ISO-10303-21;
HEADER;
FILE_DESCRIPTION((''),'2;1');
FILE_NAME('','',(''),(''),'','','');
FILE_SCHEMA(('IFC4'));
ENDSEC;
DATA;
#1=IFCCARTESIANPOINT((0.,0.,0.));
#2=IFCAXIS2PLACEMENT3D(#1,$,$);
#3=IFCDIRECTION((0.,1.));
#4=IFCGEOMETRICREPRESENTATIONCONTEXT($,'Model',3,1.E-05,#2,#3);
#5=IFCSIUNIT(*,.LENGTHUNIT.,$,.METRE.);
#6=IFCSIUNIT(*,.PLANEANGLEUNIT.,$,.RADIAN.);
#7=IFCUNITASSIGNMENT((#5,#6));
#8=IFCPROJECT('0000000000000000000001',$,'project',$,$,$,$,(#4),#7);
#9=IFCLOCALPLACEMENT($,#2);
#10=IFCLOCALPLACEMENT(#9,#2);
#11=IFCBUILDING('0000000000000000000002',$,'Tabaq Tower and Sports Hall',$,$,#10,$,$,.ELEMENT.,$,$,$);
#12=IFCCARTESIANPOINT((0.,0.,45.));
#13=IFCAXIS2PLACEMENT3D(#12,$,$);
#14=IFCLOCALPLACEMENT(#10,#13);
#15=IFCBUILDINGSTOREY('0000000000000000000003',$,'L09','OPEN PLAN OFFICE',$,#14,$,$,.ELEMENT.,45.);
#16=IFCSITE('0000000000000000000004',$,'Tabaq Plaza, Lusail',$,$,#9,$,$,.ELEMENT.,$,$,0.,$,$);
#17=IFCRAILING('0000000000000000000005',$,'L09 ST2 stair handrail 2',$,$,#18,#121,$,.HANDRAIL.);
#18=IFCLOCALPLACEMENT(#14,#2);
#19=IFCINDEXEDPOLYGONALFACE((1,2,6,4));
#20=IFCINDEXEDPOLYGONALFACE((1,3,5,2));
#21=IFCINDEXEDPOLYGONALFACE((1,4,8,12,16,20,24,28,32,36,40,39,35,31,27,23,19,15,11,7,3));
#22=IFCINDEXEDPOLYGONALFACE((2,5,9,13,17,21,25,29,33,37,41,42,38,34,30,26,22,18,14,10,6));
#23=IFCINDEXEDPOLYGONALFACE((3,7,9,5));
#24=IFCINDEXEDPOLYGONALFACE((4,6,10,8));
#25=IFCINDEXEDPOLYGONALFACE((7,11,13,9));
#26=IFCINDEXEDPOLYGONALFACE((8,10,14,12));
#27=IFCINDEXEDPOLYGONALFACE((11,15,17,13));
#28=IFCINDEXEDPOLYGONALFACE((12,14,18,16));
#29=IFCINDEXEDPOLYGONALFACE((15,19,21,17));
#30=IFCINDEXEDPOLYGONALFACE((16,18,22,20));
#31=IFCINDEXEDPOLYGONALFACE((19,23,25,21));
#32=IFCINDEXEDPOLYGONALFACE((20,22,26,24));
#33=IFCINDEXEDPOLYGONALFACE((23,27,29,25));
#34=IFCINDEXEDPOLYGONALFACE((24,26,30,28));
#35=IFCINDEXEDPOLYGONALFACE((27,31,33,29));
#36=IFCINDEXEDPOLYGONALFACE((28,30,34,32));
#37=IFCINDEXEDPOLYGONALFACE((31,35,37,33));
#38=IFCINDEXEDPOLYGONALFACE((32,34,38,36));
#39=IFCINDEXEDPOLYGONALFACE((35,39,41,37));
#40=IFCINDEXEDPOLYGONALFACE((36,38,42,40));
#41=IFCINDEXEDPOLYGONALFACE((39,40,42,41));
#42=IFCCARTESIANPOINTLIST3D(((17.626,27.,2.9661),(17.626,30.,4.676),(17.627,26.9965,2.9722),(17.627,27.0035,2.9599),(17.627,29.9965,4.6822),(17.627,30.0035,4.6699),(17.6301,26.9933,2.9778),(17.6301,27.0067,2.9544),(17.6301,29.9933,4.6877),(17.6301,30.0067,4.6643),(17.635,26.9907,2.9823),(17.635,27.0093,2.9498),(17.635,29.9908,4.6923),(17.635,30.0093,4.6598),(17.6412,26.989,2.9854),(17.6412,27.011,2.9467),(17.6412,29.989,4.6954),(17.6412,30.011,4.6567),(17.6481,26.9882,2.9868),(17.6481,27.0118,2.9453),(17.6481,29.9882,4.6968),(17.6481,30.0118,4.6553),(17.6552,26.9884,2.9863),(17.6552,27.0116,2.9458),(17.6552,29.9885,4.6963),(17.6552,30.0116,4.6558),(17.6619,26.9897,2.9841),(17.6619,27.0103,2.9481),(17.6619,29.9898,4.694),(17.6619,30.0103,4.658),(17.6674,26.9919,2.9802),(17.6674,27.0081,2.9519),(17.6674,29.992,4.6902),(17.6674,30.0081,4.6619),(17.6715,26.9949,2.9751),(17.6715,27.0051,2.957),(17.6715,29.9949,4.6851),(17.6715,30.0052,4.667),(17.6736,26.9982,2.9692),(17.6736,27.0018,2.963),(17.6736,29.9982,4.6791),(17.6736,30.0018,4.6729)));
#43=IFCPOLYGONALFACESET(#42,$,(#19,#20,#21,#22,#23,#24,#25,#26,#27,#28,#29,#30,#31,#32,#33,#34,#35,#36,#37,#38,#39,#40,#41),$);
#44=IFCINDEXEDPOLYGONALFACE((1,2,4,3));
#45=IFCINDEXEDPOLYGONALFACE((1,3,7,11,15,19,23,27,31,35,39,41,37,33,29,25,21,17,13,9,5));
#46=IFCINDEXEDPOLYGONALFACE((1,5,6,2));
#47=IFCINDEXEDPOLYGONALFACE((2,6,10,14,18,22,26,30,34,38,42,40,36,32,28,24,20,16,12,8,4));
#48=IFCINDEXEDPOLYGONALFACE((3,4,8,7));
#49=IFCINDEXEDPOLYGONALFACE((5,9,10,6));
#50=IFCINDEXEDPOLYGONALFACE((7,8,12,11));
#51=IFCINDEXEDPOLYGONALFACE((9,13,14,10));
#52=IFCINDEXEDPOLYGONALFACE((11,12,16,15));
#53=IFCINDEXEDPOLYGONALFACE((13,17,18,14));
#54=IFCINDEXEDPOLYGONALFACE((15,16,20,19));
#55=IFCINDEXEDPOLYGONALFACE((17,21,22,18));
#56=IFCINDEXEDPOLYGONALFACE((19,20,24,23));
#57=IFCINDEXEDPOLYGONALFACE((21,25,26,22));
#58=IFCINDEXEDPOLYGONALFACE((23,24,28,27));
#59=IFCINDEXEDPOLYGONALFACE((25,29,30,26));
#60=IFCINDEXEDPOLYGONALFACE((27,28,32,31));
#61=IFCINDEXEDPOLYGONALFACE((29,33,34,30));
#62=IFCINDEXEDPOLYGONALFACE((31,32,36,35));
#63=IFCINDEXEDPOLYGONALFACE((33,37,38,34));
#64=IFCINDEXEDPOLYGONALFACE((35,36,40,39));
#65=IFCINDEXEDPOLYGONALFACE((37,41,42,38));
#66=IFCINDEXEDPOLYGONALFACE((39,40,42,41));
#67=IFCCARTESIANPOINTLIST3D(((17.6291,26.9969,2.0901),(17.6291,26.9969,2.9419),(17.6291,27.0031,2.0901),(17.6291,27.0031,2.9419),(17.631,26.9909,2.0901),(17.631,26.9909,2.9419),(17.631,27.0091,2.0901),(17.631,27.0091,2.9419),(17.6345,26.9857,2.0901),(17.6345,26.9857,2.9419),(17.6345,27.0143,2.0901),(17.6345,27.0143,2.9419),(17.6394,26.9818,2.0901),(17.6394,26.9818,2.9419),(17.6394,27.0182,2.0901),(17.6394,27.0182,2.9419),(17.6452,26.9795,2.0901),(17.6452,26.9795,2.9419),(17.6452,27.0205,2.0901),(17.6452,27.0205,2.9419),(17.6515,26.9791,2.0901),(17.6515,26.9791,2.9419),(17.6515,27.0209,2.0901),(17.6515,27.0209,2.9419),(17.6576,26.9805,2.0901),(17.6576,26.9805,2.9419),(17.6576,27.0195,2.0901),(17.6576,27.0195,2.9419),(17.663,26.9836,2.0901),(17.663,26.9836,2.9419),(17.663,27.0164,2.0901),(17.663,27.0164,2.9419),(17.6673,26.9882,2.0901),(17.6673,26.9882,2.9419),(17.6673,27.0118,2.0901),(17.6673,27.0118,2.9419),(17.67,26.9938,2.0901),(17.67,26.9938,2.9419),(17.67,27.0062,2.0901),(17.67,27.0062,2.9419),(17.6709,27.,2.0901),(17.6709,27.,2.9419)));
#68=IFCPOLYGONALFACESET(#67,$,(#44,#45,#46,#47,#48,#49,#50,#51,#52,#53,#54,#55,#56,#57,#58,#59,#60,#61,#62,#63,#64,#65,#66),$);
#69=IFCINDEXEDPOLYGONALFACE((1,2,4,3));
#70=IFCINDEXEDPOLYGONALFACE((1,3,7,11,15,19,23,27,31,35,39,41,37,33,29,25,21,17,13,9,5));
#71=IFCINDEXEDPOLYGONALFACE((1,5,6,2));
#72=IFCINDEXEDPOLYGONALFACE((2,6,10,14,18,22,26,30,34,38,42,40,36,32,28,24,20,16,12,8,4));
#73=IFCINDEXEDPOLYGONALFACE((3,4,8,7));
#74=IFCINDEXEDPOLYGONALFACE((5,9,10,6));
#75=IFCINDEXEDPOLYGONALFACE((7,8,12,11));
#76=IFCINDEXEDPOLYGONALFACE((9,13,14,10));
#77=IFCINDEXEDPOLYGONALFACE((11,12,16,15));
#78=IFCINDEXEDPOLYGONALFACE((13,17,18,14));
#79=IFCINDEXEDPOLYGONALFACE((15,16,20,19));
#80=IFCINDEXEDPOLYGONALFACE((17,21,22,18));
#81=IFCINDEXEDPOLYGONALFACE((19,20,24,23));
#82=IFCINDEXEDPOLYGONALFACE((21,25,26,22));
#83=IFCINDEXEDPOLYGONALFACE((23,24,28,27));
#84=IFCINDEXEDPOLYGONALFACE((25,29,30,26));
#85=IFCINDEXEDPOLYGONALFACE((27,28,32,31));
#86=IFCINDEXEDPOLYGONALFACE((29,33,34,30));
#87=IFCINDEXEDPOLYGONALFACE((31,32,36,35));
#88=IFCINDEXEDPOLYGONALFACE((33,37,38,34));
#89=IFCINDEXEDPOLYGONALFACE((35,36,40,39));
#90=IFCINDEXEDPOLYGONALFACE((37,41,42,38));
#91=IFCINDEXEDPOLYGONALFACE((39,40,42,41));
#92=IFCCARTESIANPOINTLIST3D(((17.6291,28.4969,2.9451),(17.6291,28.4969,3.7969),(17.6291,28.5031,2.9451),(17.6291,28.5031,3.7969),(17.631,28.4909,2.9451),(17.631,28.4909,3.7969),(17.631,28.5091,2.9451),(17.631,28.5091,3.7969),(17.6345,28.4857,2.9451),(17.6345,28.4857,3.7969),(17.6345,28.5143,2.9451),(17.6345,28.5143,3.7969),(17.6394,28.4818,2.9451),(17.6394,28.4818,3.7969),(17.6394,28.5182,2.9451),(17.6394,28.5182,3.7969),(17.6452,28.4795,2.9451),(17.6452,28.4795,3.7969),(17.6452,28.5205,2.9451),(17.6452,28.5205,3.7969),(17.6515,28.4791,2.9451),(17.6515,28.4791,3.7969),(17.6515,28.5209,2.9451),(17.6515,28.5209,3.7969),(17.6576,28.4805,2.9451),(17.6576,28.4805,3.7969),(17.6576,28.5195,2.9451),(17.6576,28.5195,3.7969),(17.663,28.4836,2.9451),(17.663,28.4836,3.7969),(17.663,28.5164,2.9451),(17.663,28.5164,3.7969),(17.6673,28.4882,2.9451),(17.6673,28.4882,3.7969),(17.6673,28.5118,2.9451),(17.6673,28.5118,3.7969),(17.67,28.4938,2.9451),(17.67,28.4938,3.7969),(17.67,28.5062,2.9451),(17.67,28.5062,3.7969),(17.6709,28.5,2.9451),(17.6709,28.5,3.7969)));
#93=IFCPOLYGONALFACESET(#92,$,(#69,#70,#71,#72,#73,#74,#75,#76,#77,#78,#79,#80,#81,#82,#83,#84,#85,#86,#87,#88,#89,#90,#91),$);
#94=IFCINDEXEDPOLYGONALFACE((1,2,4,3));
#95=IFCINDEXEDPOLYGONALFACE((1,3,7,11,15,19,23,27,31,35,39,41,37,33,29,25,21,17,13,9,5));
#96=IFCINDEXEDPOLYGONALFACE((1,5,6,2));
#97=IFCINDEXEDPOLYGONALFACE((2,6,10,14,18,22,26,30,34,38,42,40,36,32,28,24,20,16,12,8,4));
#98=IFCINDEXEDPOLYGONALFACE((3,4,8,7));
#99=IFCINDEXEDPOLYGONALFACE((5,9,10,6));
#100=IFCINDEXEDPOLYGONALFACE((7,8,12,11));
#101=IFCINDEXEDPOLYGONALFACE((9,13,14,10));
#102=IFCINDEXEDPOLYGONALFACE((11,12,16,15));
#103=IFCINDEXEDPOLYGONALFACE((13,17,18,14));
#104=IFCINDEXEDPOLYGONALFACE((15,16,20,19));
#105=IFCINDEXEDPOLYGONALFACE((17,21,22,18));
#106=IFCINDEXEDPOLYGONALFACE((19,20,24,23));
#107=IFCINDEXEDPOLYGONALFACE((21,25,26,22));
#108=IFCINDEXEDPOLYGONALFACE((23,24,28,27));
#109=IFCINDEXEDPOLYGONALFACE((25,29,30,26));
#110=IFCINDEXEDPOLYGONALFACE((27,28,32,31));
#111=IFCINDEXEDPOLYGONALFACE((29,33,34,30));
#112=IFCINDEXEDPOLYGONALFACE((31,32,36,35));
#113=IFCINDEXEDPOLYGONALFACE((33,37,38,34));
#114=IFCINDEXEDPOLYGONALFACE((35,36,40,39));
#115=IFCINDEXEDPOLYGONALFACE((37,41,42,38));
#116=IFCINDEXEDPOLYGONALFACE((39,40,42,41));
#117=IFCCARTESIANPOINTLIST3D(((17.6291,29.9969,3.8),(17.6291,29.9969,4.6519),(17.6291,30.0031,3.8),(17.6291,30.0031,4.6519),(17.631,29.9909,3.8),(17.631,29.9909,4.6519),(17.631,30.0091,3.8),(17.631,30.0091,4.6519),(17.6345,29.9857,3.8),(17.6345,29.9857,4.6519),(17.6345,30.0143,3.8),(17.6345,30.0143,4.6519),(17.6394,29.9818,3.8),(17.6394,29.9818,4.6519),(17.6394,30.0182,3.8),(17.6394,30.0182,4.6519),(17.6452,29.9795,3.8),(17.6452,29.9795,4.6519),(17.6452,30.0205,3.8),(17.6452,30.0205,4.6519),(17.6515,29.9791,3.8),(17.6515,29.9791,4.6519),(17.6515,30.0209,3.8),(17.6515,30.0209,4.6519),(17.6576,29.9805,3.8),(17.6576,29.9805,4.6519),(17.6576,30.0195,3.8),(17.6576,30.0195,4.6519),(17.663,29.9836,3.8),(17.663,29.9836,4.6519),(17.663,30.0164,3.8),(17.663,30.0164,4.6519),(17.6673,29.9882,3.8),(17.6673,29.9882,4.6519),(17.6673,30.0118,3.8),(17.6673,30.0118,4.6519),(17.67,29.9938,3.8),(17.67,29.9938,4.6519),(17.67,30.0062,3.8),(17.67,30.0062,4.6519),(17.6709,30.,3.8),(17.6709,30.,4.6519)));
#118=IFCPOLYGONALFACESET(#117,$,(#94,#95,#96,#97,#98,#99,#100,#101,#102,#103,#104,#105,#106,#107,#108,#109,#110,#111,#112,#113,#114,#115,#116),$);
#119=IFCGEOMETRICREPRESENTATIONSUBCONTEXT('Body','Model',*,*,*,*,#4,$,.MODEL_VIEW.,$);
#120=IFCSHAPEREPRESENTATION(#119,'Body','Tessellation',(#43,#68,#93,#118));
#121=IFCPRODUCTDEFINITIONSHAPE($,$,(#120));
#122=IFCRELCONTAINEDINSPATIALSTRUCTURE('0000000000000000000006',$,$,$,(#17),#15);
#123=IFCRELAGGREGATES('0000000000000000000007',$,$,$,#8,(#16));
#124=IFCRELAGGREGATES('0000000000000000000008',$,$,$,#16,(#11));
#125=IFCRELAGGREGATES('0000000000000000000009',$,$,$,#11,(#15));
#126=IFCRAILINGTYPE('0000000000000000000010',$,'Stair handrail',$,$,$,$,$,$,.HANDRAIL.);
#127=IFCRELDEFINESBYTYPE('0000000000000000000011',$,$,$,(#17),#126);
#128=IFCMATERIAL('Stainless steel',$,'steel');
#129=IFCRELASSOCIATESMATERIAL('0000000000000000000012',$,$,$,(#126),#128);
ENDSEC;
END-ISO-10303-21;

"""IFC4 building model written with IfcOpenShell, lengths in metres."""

from ifc_helpers import new_model, si_unit, direction, frame, origin, origin_2d, place, context, subcontext, project, spatial, circle, extrude, material, type_object, element, save


model = new_model("IFC4")

# Units and contexts
model_context = context("Model", 3, precision=1e-05, world=origin(), true_north=direction((0.0, 1.0)))
body_context = subcontext(model_context, "Body", "Model", "MODEL_VIEW")
ifc_project = project(units=[si_unit("LENGTHUNIT", "METRE"), si_unit("PLANEANGLEUNIT", "RADIAN")], contexts=[model_context])

# Site, building, storey
site_placement = place(None, origin())
site = spatial("IfcSite", under=ifc_project, at=site_placement, Name="Tabaq Plaza, Lusail", CompositionType="ELEMENT", RefElevation=0.0)
building_placement = place(site_placement, origin())
building = spatial("IfcBuilding", under=site, at=building_placement, Name="Tabaq Tower and Sports Hall", CompositionType="ELEMENT")
storey_placement = place(building_placement, frame((0.0, 0.0, 45.0)))
storey = spatial("IfcBuildingStorey", under=building, at=storey_placement, Name="L09", Description="OPEN PLAN OFFICE", CompositionType="ELEMENT", Elevation=45.0)

# Railing
ifc_material_1 = material(Name="Stainless steel", Category="steel")
railing_type = type_object("IfcRailingType", Name="Stair handrail", PredefinedType="HANDRAIL", material=ifc_material_1)
railing_placement = place(storey_placement, frame((17.6499, 27.0, 2.0901)))
element("IfcRailing", 1, at=railing_placement, inside=storey, type_object=railing_type, Name="L09 ST2 stair handrail 2", PredefinedType="HANDRAIL", context=body_context, shape_type="SweptSolid", body=[
    extrude(circle(Radius=0.0239, at=origin_2d()), frame((0.0, 0.0, 0.876), z_axis=(0.0, 0.868782, 0.495195), x_axis=(-1.0, 0.0, 0.0)), (0.0, 0.0, 1.0), 3.4531),
    extrude(circle(Radius=0.021, at=origin_2d()), origin(), (0.0, 0.0, 1.0), 0.8518),
    extrude(circle(Radius=0.021, at=origin_2d()), frame((0.0, 1.5, 0.855)), (0.0, 0.0, 1.0), 0.8518),
    extrude(circle(Radius=0.021, at=origin_2d()), frame((0.0, 3.0, 1.71)), (0.0, 0.0, 1.0), 0.8518),
])

save(model, "model.ifc")
